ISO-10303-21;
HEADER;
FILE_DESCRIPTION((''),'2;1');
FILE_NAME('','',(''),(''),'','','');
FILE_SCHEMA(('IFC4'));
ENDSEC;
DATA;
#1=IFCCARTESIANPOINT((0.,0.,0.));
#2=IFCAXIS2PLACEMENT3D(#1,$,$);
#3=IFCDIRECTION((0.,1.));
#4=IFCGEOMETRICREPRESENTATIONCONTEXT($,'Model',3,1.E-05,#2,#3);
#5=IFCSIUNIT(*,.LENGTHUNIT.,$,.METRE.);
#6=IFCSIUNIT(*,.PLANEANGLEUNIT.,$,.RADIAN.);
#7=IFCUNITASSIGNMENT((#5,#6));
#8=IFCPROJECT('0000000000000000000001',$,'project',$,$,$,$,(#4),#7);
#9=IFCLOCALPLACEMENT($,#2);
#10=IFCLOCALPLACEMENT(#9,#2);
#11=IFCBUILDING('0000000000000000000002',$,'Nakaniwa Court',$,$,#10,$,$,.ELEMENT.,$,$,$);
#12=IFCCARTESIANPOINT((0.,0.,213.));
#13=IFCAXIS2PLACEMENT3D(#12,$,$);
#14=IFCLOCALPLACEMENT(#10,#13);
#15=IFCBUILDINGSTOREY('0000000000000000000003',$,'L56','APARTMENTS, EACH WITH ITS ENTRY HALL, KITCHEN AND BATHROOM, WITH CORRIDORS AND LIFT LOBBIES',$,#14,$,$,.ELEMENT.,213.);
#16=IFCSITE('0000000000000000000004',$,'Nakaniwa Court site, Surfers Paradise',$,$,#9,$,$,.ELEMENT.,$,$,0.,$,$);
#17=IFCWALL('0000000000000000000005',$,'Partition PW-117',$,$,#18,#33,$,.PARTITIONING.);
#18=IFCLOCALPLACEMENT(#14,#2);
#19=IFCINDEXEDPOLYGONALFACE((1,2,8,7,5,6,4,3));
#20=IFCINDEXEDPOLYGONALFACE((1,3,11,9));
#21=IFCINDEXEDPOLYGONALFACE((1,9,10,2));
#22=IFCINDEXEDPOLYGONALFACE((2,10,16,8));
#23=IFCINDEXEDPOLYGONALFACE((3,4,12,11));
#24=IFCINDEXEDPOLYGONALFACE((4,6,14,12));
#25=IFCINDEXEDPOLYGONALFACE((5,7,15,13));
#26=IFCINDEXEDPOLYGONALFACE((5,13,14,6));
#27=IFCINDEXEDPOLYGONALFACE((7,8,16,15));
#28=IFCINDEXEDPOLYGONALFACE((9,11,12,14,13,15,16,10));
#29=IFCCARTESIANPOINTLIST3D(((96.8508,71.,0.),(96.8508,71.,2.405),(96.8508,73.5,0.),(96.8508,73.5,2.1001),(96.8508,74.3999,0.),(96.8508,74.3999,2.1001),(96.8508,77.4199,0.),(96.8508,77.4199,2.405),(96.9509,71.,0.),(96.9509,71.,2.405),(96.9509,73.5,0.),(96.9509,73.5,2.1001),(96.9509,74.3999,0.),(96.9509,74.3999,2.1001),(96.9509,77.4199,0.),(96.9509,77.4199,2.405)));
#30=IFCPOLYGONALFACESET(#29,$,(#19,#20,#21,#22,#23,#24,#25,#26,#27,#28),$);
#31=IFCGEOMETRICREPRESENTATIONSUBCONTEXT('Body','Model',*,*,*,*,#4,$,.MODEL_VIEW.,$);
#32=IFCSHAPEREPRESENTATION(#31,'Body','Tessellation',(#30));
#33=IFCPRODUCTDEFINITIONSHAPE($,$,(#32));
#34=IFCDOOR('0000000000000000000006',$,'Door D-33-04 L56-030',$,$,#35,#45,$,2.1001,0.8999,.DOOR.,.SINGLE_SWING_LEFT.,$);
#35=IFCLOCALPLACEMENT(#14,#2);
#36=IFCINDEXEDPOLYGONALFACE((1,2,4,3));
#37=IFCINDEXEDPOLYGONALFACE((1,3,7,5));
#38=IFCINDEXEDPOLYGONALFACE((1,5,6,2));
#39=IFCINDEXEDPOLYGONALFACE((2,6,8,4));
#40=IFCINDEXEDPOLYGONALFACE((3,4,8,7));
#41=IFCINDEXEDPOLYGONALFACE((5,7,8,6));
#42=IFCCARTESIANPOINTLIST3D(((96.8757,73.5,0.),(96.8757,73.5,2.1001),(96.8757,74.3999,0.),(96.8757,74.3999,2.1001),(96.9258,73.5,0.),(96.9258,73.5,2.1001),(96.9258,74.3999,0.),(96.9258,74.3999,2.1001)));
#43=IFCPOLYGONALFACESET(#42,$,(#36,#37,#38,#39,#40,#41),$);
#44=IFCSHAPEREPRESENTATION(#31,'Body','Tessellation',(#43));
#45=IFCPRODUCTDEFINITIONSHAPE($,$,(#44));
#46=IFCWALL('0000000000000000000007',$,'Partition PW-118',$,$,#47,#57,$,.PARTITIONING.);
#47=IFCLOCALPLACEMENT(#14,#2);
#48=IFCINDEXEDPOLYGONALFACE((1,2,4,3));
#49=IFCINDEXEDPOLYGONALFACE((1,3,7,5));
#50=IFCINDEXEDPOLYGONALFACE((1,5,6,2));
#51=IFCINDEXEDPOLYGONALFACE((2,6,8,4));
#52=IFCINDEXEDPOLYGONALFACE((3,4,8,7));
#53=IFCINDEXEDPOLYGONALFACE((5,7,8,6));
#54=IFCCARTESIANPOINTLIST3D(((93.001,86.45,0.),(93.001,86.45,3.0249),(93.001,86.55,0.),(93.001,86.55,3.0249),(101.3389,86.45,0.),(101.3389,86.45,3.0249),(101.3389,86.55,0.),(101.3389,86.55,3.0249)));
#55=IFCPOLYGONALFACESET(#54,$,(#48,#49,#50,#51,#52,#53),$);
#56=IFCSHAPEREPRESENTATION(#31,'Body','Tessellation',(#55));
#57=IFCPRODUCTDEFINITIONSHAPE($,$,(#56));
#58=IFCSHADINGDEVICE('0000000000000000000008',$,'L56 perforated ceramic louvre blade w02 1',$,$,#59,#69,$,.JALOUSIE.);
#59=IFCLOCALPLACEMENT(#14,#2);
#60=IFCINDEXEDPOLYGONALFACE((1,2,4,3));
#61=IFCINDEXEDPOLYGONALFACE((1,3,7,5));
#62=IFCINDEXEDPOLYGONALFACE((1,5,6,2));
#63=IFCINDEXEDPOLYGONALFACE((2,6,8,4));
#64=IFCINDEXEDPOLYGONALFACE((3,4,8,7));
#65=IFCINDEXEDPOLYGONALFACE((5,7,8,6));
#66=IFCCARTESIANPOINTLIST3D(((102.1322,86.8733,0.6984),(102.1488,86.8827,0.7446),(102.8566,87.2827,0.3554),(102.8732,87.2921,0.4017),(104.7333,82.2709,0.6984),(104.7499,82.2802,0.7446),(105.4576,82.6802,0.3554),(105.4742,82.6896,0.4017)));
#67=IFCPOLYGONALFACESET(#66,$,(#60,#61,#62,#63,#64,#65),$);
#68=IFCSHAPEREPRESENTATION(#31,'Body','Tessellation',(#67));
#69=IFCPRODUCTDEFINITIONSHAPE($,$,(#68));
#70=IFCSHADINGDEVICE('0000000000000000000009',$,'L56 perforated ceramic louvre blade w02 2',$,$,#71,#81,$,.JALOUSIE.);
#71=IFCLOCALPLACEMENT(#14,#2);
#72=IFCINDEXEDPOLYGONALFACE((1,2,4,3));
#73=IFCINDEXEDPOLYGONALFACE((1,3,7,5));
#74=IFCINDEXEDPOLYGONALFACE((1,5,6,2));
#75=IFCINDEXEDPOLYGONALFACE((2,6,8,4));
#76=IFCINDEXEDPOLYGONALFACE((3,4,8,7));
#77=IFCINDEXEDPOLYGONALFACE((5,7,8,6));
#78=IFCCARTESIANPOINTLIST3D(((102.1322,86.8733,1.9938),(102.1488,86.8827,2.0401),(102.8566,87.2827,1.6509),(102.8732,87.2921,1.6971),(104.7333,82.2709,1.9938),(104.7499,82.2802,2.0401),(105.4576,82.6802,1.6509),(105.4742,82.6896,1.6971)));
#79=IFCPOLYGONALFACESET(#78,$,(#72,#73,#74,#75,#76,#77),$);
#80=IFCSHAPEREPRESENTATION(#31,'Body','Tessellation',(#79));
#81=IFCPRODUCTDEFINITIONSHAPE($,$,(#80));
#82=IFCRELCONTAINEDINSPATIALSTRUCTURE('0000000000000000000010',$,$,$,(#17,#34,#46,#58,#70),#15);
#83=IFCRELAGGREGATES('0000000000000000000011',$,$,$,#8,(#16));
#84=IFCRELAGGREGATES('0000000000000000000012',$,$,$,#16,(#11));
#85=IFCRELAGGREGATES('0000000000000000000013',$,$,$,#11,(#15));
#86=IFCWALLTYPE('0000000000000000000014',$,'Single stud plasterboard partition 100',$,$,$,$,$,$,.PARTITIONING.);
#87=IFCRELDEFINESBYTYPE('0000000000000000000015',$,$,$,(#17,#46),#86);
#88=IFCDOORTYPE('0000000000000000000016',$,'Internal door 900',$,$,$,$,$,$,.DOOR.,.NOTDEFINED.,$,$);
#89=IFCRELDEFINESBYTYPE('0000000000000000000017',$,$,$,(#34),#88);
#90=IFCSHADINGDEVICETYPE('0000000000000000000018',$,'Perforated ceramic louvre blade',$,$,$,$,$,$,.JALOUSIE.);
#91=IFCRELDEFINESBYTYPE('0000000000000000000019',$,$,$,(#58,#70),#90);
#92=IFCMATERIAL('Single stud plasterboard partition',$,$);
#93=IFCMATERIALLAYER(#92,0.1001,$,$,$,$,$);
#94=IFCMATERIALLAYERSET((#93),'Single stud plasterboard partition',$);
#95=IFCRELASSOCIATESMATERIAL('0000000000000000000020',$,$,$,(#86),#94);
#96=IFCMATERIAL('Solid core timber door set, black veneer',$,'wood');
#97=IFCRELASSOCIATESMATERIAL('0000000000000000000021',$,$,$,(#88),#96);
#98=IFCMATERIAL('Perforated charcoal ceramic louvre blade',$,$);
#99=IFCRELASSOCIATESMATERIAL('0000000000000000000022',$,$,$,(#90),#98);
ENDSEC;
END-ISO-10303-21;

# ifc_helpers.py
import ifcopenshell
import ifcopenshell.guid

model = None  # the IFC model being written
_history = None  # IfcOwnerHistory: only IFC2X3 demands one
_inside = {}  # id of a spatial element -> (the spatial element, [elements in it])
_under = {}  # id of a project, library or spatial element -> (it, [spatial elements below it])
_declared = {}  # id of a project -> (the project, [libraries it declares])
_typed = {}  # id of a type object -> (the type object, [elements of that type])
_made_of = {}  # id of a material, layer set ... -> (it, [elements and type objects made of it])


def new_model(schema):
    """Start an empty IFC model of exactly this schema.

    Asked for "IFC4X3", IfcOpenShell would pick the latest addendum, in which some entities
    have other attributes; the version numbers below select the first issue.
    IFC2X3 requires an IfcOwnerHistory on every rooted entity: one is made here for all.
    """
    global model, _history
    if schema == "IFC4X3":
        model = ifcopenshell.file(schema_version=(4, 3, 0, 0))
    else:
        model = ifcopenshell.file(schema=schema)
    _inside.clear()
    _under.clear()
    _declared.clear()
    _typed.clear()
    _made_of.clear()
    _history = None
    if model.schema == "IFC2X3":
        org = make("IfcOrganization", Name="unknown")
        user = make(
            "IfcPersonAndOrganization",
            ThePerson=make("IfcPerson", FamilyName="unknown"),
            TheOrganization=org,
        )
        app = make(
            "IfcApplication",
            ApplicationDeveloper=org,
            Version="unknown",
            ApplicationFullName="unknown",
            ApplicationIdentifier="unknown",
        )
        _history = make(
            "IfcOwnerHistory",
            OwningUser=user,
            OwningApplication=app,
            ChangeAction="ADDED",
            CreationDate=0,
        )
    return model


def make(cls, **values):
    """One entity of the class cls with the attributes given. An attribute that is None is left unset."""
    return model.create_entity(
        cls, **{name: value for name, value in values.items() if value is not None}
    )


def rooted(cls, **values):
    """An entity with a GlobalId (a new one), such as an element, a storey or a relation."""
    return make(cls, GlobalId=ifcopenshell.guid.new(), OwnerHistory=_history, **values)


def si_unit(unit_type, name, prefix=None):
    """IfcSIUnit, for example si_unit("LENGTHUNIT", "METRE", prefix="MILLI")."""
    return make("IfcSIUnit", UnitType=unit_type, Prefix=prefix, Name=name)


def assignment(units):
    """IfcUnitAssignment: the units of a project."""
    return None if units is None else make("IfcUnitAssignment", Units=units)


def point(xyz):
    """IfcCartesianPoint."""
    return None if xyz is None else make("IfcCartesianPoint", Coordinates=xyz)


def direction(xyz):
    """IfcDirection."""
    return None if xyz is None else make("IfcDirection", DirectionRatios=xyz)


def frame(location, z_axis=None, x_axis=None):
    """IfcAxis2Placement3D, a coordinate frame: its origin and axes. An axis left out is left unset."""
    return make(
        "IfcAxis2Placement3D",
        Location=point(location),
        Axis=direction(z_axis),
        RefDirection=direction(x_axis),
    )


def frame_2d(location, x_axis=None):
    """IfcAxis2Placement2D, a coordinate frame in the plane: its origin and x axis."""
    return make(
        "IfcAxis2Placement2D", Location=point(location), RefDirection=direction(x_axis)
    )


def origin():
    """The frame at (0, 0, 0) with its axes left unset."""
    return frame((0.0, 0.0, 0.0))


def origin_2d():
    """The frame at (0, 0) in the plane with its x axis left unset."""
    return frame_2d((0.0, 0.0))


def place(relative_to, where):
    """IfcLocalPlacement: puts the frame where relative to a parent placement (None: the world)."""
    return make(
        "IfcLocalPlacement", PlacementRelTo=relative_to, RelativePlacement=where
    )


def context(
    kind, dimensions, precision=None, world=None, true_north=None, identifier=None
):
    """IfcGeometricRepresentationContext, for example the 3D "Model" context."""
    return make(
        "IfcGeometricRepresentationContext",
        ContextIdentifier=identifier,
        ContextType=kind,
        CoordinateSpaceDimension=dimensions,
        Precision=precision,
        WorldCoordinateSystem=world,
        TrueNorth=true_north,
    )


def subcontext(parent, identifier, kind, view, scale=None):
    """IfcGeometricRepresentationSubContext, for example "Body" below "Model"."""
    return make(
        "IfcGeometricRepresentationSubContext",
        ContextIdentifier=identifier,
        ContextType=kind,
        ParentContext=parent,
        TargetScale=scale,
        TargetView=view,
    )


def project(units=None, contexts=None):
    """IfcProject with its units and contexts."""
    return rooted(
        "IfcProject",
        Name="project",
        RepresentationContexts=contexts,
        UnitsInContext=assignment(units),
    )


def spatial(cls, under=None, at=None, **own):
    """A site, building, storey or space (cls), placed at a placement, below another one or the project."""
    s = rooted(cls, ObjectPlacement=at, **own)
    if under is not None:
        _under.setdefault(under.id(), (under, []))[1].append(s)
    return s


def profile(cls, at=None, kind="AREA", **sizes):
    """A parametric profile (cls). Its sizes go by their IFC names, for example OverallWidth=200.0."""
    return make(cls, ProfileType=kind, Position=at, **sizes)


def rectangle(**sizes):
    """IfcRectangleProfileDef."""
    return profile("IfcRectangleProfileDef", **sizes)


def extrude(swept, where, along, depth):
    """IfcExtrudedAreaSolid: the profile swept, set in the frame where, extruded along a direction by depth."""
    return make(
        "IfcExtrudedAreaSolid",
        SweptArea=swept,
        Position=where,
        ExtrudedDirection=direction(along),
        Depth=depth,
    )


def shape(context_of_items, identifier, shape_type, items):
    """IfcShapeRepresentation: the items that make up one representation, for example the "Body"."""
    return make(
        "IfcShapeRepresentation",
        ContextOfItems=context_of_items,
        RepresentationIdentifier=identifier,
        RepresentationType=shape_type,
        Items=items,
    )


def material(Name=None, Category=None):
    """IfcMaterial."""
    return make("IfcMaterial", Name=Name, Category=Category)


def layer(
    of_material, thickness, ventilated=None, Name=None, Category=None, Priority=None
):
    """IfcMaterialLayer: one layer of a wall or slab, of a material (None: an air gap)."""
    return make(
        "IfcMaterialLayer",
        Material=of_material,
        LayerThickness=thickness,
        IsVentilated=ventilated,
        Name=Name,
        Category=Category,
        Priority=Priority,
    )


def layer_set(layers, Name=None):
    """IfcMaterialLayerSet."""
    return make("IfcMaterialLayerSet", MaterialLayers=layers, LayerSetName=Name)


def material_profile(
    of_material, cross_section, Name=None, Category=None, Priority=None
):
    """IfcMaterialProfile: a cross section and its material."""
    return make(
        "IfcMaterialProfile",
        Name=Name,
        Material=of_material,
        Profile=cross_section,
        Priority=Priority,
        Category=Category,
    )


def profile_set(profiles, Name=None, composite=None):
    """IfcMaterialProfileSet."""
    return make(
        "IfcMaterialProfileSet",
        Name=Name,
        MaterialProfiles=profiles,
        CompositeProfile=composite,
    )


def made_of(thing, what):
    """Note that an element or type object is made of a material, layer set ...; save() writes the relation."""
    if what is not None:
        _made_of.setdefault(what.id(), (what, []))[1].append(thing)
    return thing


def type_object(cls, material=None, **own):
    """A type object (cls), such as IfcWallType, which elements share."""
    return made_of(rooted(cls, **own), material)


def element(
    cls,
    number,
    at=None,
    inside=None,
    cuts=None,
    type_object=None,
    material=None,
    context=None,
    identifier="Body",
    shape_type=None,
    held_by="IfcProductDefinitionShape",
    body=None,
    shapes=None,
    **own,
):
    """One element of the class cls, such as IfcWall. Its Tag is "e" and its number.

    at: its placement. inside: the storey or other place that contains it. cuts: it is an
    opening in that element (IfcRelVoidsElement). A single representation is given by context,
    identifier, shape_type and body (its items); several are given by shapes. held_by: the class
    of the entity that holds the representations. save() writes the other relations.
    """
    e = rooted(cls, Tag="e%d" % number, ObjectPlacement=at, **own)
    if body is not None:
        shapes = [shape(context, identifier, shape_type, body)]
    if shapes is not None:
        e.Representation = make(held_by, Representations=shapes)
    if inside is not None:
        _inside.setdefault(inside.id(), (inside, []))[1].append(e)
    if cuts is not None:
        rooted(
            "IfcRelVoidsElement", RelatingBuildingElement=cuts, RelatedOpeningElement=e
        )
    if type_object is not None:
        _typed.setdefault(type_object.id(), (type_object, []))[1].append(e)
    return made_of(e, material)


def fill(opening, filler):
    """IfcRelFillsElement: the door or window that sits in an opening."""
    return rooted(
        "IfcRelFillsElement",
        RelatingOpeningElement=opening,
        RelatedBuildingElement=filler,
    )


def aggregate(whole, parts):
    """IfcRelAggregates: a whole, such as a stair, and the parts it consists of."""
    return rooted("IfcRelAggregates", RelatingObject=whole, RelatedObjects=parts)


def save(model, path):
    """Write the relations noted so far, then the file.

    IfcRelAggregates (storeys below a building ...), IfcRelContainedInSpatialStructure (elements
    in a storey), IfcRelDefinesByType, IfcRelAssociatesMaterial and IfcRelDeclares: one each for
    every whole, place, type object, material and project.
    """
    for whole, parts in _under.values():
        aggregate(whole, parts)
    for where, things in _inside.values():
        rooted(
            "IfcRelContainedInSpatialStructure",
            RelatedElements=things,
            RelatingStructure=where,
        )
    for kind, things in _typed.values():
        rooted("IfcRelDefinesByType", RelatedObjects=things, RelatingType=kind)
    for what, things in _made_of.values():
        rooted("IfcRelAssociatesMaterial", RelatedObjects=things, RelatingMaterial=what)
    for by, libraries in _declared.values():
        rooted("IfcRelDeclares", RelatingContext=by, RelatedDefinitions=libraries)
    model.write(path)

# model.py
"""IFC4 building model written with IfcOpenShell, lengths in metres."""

from ifc_helpers import new_model, si_unit, direction, frame, frame_2d, origin, origin_2d, place, context, subcontext, project, spatial, rectangle, extrude, material, layer, layer_set, material_profile, profile_set, type_object, element, fill, save


model = new_model("IFC4")

# Units and contexts
model_context = context("Model", 3, precision=1e-05, world=origin(), true_north=direction((0.0, 1.0)))
body_context = subcontext(model_context, "Body", "Model", "MODEL_VIEW")
ifc_project = project(units=[si_unit("LENGTHUNIT", "METRE"), si_unit("PLANEANGLEUNIT", "RADIAN")], contexts=[model_context])

# Site, building, storey
site_placement = place(None, origin())
site = spatial("IfcSite", under=ifc_project, at=site_placement, Name="Nakaniwa Court site, Surfers Paradise", CompositionType="ELEMENT", RefElevation=0.0)
building_placement = place(site_placement, origin())
building = spatial("IfcBuilding", under=site, at=building_placement, Name="Nakaniwa Court", CompositionType="ELEMENT")
storey_placement = place(building_placement, frame((0.0, 0.0, 213.0)))
storey = spatial("IfcBuildingStorey", under=building, at=storey_placement, Name="L56", Description="APARTMENTS, EACH WITH ITS ENTRY HALL, KITCHEN AND BATHROOM, WITH CORRIDORS AND LIFT LOBBIES", CompositionType="ELEMENT", Elevation=213.0)

# Shared definitions
ifc_material_1 = material(Name="Solid core timber door set, black veneer", Category="wood")

# Wall, opening, door
ifc_material_2 = material(Name="Single stud plasterboard partition")
ifc_layer_1 = layer(ifc_material_2, 0.1001)
ifc_layer_set_1 = layer_set([ifc_layer_1], Name="Single stud plasterboard partition")
wall_type_1 = type_object("IfcWallType", Name="Single stud plasterboard partition 100", PredefinedType="PARTITIONING", material=ifc_layer_set_1)
wall_1_placement = place(storey_placement, frame((96.9009, 77.4199, 0.0), z_axis=(0.0, 0.0, 1.0), x_axis=(0.0, -1.0, 0.0)))
wall_1 = element("IfcWall", 1, at=wall_1_placement, inside=storey, type_object=wall_type_1, Name="Partition PW-117", PredefinedType="PARTITIONING", context=body_context, shape_type="SweptSolid", body=[
    extrude(rectangle(XDim=6.4199, YDim=0.1001, at=frame_2d((3.21, 0.0))), origin(), (0.0, 0.0, 1.0), 2.405),
])
opening_1_placement = place(wall_1_placement, frame((3.02, 0.0, 0.0)))
opening_1 = element("IfcOpeningElement", 2, at=opening_1_placement, cuts=wall_1, PredefinedType="OPENING", context=body_context, shape_type="SweptSolid", body=[
    extrude(rectangle(XDim=0.8999, YDim=2.1001, at=frame_2d((0.45, 1.05))), frame((0.0, 0.0601, 0.0), z_axis=(0.0, -1.0, 0.0), x_axis=(1.0, 0.0, 0.0)), (0.0, 0.0, 1.0), 0.1201),
])
door_type_1 = type_object("IfcDoorType", Name="Internal door 900", OperationType="NOTDEFINED", PredefinedType="DOOR", material=ifc_material_1)
door_1_placement = place(opening_1_placement, origin())
door_1 = element("IfcDoor", 3, at=door_1_placement, inside=storey, type_object=door_type_1, Name="Door D-33-04 L56-030", OperationType="SINGLE_SWING_LEFT", OverallHeight=2.1001, OverallWidth=0.8999, PredefinedType="DOOR", context=body_context, shape_type="SweptSolid", body=[
    extrude(rectangle(XDim=0.8999, YDim=2.1001, at=frame_2d((0.45, 1.05))), frame((0.0, 0.0249, 0.0), z_axis=(0.0, -1.0, 0.0), x_axis=(1.0, 0.0, 0.0)), (0.0, 0.0, 1.0), 0.05),
])
fill(opening_1, door_1)

# Wall
wall_2_placement = place(storey_placement, frame((93.001, 86.5, 0.0), z_axis=(0.0, 0.0, 1.0), x_axis=(1.0, 0.0, 0.0)))
element("IfcWall", 4, at=wall_2_placement, inside=storey, type_object=wall_type_1, Name="Partition PW-118", PredefinedType="PARTITIONING", context=body_context, shape_type="SweptSolid", body=[
    extrude(rectangle(XDim=8.3379, YDim=0.1001, at=frame_2d((4.1689, 0.0))), origin(), (0.0, 0.0, 1.0), 3.0249),
])

# Shading devices
ifc_material_3 = material(Name="Perforated charcoal ceramic louvre blade")
ifc_material_profile_1 = material_profile(ifc_material_3, rectangle(XDim=0.8999, YDim=0.05, at=origin_2d()), Name="Perforated ceramic louvre blade")
ifc_profile_set_1 = profile_set([ifc_material_profile_1], Name="Perforated charcoal ceramic louvre blade")
shading_device_type = type_object("IfcShadingDeviceType", Name="Perforated ceramic louvre blade", PredefinedType="JALOUSIE", material=ifc_profile_set_1)
for number, where, z_axis, x_axis, name in (
    (5, (105.1038, 82.4802, 0.55), (-0.492006, 0.870592, 0.0), (-0.804902, -0.454882, 0.38107), "L56 perforated ceramic louvre blade w02 1"),
    (6, (105.1038, 82.4802, 1.8455), (-0.492006, 0.870592, 0.0), (-0.804902, -0.454882, 0.38107), "L56 perforated ceramic louvre blade w02 2"),
):
    element("IfcShadingDevice", number, at=place(storey_placement, frame(where, z_axis=z_axis, x_axis=x_axis)), inside=storey, type_object=shading_device_type, Name=name, PredefinedType="JALOUSIE", context=body_context, shape_type="SweptSolid", body=[
        extrude(rectangle(XDim=0.8999, YDim=0.05, at=origin_2d()), origin(), (0.0, 0.0, 1.0), 5.2866),
    ])

save(model, "model.ifc")
